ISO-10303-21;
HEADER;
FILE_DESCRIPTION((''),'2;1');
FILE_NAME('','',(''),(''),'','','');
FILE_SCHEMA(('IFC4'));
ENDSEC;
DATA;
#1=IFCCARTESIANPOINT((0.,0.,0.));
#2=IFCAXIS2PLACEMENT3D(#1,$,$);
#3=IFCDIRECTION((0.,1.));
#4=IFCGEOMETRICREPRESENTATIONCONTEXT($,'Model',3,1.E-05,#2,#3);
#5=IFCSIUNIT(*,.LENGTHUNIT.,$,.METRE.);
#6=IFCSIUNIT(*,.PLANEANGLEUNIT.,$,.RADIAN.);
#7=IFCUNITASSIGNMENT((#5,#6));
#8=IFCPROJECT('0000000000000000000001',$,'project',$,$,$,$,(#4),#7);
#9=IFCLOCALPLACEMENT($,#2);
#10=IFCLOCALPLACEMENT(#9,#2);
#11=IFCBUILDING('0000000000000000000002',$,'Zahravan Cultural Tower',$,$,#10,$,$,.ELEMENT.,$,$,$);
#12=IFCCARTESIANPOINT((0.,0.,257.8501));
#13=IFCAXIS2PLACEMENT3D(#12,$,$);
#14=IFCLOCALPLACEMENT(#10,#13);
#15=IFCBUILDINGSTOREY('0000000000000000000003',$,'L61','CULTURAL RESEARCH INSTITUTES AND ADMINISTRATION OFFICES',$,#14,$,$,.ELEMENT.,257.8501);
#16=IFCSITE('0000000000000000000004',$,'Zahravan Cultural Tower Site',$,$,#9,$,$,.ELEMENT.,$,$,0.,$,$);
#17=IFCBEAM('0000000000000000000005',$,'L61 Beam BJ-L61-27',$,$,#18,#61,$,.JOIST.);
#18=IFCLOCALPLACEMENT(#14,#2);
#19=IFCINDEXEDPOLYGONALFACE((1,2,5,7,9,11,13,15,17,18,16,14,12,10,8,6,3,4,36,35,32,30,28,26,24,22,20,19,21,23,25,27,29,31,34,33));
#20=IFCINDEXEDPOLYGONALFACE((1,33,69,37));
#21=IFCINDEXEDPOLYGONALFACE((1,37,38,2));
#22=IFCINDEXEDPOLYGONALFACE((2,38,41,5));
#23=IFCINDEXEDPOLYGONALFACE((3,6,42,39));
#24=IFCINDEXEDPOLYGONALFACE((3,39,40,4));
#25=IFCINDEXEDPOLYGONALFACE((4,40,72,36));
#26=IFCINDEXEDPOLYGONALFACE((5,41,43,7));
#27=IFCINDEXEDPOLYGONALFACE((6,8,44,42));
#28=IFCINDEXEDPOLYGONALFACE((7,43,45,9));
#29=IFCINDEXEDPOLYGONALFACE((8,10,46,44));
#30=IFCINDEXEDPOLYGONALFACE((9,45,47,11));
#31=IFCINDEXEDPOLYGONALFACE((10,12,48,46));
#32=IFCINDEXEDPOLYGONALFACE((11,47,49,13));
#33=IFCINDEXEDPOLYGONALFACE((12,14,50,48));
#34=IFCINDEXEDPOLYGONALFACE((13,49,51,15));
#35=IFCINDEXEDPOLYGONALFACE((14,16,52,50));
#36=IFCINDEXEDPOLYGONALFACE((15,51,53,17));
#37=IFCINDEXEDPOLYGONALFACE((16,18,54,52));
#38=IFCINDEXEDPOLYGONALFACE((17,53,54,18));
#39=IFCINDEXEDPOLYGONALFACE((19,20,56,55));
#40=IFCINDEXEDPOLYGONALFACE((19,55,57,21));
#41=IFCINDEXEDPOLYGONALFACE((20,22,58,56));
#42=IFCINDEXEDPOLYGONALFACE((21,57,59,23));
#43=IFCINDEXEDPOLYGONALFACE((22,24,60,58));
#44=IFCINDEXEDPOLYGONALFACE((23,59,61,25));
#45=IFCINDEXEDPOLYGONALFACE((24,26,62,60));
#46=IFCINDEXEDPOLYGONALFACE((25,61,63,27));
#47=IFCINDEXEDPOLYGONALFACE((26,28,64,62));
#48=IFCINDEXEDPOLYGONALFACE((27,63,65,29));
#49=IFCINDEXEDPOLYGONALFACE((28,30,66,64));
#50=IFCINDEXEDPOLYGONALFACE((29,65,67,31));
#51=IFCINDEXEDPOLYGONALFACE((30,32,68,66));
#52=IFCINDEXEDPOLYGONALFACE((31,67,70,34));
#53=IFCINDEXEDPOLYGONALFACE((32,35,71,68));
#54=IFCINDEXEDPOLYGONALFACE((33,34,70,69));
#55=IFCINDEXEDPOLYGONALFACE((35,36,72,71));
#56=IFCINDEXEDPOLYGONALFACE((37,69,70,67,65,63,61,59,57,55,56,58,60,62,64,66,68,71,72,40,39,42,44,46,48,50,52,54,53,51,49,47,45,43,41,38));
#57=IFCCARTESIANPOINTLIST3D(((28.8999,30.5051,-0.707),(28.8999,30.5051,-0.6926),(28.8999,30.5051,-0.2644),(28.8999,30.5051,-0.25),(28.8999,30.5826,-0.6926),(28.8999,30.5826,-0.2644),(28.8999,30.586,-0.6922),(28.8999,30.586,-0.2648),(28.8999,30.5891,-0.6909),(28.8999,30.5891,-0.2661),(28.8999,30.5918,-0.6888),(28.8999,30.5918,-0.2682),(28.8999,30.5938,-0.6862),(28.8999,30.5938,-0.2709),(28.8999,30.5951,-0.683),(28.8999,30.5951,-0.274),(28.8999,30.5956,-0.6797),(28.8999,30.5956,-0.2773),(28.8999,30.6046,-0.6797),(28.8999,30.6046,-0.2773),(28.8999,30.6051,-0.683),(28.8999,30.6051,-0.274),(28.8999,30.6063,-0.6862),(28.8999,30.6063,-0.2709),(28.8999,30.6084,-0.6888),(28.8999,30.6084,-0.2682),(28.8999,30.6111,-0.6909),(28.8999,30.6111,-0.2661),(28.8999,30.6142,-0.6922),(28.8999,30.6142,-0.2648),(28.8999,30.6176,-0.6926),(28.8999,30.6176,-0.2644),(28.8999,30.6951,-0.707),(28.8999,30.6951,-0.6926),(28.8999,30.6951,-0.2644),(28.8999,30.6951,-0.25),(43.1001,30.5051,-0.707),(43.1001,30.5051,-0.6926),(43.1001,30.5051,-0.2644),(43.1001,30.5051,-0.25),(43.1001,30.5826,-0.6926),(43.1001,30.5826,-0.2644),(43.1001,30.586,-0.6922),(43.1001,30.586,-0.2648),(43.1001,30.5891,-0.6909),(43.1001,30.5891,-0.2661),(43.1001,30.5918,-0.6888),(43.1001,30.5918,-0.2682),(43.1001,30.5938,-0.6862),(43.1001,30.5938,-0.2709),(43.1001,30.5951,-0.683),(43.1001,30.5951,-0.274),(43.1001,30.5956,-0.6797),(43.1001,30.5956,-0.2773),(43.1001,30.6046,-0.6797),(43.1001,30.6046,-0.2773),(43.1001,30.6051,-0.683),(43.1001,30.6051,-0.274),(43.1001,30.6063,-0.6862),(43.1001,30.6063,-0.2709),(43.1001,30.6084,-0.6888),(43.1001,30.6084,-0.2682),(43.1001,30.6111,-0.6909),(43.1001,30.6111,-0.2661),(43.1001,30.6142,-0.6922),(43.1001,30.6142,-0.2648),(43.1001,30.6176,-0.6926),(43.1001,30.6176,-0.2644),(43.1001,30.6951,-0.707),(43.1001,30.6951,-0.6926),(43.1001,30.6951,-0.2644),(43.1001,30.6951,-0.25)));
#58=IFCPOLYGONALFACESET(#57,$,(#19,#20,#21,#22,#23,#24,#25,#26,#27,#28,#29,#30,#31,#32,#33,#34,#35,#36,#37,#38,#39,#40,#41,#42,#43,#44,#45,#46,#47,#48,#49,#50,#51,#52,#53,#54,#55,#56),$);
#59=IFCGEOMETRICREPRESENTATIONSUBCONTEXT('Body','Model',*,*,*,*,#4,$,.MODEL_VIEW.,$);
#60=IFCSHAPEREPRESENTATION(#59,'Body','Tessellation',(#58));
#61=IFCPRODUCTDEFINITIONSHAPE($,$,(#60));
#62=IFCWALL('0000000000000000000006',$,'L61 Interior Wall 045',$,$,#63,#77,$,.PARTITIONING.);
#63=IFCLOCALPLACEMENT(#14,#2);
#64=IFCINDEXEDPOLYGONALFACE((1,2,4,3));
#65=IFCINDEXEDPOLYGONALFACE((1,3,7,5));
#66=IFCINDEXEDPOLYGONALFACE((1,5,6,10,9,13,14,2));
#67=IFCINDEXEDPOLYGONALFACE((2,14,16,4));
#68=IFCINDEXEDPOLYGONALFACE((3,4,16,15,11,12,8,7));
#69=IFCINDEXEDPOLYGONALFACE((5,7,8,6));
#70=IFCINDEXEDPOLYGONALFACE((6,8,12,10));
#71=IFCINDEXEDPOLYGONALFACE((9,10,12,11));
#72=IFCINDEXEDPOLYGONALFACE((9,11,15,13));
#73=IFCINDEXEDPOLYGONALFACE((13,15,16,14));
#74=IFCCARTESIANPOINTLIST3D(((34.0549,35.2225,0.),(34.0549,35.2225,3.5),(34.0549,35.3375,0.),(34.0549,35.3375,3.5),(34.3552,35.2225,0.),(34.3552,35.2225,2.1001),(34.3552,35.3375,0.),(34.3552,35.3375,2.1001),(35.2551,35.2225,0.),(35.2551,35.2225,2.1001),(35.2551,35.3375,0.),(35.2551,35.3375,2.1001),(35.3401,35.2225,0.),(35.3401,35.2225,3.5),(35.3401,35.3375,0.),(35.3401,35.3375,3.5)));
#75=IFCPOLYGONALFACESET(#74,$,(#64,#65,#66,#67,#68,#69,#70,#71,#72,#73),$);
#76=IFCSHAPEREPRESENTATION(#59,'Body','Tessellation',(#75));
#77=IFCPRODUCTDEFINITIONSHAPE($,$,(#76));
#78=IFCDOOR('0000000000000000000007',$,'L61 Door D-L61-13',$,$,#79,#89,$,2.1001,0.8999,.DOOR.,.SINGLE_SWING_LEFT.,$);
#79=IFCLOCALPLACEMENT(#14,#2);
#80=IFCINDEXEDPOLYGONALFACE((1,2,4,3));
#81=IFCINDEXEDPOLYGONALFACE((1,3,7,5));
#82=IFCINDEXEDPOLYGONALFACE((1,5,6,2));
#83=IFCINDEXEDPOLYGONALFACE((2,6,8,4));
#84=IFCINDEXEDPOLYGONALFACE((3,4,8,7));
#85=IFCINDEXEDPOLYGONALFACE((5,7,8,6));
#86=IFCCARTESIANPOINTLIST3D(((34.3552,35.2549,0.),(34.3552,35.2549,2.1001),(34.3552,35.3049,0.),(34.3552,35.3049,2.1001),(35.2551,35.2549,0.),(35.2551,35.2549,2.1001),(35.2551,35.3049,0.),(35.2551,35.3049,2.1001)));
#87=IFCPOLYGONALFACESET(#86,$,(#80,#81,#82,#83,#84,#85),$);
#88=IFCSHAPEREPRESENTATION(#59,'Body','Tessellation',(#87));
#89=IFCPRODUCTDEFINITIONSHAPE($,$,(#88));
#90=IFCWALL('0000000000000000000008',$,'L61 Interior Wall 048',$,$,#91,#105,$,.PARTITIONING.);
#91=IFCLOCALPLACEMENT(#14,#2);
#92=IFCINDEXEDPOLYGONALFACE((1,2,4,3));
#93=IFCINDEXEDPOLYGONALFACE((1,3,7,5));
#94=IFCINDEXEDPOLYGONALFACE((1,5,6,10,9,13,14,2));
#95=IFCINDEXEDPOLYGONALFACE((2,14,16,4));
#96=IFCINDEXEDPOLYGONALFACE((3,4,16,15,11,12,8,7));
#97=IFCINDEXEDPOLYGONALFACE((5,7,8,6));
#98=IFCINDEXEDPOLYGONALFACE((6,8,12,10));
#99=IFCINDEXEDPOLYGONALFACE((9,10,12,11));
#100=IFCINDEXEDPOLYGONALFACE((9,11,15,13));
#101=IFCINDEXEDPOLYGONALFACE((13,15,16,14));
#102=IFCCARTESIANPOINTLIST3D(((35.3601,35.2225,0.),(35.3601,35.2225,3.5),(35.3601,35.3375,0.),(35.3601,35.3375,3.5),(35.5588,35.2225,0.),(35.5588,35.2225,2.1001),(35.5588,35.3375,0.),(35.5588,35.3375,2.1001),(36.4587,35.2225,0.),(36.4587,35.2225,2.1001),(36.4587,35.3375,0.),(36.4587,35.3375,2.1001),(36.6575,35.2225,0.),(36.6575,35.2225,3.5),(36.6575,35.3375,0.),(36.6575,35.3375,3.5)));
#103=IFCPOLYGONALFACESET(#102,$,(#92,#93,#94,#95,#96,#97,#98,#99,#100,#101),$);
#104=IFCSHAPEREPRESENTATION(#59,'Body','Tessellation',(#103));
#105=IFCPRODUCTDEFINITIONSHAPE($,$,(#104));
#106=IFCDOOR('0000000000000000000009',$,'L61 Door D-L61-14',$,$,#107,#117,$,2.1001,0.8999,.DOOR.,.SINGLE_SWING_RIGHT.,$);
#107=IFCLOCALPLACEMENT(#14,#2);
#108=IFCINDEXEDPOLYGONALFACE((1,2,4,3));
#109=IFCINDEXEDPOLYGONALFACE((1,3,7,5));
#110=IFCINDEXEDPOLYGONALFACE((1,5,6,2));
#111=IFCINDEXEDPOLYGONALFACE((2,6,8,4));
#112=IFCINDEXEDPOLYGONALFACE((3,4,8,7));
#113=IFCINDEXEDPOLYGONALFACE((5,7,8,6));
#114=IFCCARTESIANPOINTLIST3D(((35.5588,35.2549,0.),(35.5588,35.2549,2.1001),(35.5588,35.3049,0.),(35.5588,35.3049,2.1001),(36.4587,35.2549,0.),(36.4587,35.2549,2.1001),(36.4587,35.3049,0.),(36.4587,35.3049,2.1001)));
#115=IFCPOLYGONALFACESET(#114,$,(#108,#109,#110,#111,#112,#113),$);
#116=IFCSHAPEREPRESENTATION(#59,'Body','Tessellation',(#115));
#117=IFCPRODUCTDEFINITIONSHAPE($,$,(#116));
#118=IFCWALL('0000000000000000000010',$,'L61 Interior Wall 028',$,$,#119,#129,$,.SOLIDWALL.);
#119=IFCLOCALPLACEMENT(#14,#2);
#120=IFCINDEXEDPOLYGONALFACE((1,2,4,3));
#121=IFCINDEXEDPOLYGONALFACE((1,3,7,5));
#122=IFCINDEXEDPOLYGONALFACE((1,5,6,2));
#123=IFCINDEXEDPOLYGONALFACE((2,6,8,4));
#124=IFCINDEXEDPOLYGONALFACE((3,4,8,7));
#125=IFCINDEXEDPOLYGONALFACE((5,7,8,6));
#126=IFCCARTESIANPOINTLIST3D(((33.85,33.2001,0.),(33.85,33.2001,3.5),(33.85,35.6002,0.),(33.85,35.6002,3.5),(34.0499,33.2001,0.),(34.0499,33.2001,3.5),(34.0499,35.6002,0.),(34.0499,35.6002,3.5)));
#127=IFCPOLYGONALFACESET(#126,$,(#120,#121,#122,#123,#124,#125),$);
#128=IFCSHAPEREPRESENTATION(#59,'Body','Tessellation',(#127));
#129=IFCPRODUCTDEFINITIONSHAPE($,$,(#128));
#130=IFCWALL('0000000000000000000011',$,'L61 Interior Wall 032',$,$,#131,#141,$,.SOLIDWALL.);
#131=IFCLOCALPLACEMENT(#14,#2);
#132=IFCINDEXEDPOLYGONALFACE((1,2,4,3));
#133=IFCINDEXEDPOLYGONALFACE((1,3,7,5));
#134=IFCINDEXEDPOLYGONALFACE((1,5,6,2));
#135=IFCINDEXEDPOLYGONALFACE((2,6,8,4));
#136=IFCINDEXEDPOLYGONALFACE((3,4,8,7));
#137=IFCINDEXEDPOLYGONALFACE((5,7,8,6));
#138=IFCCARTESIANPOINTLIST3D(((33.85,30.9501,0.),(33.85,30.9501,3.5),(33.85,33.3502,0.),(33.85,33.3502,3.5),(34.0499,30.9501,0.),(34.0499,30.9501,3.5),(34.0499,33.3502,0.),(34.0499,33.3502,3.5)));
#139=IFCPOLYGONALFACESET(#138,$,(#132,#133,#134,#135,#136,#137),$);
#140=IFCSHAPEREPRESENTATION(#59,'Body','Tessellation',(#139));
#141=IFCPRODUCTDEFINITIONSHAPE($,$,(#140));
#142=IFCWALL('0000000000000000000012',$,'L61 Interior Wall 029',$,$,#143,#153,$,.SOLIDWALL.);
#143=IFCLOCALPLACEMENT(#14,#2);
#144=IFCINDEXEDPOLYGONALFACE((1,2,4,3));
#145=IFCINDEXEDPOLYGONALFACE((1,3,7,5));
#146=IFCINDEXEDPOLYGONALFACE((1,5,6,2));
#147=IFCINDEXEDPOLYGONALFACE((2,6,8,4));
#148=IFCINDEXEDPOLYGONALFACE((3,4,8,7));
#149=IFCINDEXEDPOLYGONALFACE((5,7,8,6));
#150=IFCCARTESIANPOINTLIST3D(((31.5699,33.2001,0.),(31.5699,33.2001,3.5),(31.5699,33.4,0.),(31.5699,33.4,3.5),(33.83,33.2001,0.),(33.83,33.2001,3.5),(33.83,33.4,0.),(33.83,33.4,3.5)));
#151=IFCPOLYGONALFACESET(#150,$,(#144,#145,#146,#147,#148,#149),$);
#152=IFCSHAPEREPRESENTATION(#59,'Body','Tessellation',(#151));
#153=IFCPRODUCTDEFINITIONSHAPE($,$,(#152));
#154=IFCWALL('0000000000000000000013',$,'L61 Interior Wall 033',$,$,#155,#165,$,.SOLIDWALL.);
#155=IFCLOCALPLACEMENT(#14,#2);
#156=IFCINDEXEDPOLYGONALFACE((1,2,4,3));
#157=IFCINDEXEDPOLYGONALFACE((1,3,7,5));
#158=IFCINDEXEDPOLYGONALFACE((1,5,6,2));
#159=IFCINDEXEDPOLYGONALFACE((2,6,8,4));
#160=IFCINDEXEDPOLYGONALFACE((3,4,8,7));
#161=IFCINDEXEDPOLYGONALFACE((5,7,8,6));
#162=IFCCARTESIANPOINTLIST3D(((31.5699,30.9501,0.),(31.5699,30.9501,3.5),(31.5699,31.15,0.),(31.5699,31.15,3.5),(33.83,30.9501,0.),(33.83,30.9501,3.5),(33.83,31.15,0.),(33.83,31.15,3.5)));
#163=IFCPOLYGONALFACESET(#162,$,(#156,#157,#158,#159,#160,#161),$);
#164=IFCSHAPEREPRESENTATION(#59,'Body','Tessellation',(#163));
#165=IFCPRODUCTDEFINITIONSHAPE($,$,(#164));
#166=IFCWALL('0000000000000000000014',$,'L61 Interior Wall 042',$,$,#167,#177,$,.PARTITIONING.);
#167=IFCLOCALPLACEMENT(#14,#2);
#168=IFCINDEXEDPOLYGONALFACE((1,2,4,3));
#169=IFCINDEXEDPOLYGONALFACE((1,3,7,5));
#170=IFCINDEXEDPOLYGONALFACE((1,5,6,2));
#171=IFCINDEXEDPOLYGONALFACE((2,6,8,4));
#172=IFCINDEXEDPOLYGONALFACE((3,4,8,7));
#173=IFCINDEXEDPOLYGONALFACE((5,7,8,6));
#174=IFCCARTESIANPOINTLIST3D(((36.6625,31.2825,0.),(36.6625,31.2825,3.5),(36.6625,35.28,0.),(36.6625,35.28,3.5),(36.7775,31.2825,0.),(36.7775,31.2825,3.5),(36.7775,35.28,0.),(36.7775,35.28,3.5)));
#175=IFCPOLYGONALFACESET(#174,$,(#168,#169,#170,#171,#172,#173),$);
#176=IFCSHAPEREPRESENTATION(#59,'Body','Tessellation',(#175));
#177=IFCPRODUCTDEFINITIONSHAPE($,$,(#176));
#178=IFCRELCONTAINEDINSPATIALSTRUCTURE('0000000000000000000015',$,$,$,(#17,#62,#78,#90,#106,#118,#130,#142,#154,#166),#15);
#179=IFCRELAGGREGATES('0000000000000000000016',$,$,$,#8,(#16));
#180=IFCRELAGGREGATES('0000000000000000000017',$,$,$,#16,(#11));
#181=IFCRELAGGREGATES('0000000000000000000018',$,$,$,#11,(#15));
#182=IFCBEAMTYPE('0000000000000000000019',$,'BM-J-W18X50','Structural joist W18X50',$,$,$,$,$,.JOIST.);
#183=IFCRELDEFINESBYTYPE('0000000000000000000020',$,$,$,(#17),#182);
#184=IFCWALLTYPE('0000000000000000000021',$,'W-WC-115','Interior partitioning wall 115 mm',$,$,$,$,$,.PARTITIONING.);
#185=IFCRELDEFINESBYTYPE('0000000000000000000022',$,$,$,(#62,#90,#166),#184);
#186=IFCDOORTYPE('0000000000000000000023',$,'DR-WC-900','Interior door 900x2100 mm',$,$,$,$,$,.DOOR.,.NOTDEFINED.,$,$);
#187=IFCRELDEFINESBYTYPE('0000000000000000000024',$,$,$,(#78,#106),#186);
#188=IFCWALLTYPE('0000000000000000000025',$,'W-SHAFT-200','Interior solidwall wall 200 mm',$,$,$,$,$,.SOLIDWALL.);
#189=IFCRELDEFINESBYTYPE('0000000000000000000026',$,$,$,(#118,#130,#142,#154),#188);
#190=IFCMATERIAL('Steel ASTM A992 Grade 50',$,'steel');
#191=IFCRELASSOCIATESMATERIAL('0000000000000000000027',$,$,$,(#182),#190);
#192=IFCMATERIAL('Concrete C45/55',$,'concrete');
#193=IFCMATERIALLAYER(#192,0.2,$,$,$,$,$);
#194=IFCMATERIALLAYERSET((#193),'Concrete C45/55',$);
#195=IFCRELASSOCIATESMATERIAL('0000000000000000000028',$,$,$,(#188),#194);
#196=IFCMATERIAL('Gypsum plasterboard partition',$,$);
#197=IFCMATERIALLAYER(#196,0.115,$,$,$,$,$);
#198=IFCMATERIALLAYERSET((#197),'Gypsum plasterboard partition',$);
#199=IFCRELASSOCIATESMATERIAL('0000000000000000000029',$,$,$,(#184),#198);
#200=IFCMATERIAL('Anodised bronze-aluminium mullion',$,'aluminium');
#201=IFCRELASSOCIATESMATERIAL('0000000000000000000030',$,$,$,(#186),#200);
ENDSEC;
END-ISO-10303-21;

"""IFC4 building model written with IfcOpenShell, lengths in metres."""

from ifc_helpers import new_model, si_unit, direction, frame, frame_2d, origin, origin_2d, place, context, subcontext, project, spatial, rectangle, i_section, extrude, source, transform, mapped, material, layer, layer_set, material_profile, profile_set, type_object, element, fill, save


model = new_model("IFC4")

# Units and contexts
model_context = context("Model", 3, precision=1e-05, world=origin(), true_north=direction((0.0, 1.0)))
body_context = subcontext(model_context, "Body", "Model", "MODEL_VIEW")
ifc_project = project(units=[si_unit("LENGTHUNIT", "METRE"), si_unit("PLANEANGLEUNIT", "RADIAN")], contexts=[model_context])

# Site, building, storey
site_placement = place(None, origin())
site = spatial("IfcSite", under=ifc_project, at=site_placement, Name="Zahravan Cultural Tower Site", CompositionType="ELEMENT", RefElevation=0.0)
building_placement = place(site_placement, origin())
building = spatial("IfcBuilding", under=site, at=building_placement, Name="Zahravan Cultural Tower", CompositionType="ELEMENT")
storey_placement = place(building_placement, frame((0.0, 0.0, 257.8501)))
storey = spatial("IfcBuildingStorey", under=building, at=storey_placement, Name="L61", Description="CULTURAL RESEARCH INSTITUTES AND ADMINISTRATION OFFICES", CompositionType="ELEMENT", Elevation=257.8501)

# Beam
ifc_material_1 = material(Name="Steel ASTM A992 Grade 50", Category="steel")
ifc_material_profile = material_profile(ifc_material_1, i_section(OverallWidth=0.1899, OverallDepth=0.457, WebThickness=0.009, FlangeThickness=0.0144, FilletRadius=0.0129, at=origin_2d()), Name="W18X50")
ifc_profile_set = profile_set([ifc_material_profile], Name="Steel ASTM A992 Grade 50")
beam_type = type_object("IfcBeamType", Name="BM-J-W18X50", Description="Structural joist W18X50", PredefinedType="JOIST", material=ifc_profile_set)
shared_shape_1 = source(origin(), body_context, "Body", "SweptSolid", [
    extrude(i_section(OverallWidth=0.1899, OverallDepth=0.457, WebThickness=0.009, FlangeThickness=0.0144, FilletRadius=0.0129, at=origin_2d()), origin(), (0.0, 0.0, 1.0), 14.2002),
])
beam_placement = place(storey_placement, frame((28.8999, 30.6001, -0.4785), z_axis=(1.0, 0.0, 0.0), x_axis=(0.0, 1.0, 0.0)))
element("IfcBeam", 1, at=beam_placement, inside=storey, type_object=beam_type, Name="L61 Beam BJ-L61-27", PredefinedType="JOIST", context=body_context, shape_type="MappedRepresentation", body=[
    mapped(shared_shape_1, transform((0.0, 0.0, 0.0), x_axis=(1.0, 0.0, 0.0), y_axis=(0.0, 1.0, 0.0), z_axis=(0.0, 0.0, 1.0), scale=1.0)),
])

# Walls, openings, doors
ifc_material_2 = material(Name="Concrete C45/55", Category="concrete")
ifc_layer_1 = layer(ifc_material_2, 0.2)
ifc_layer_set_1 = layer_set([ifc_layer_1], Name="Concrete C45/55")
wall_type_1 = type_object("IfcWallType", Name="W-SHAFT-200", Description="Interior solidwall wall 200 mm", PredefinedType="SOLIDWALL", material=ifc_layer_set_1)
ifc_material_3 = material(Name="Gypsum plasterboard partition")
ifc_layer_2 = layer(ifc_material_3, 0.115)
ifc_layer_set_2 = layer_set([ifc_layer_2], Name="Gypsum plasterboard partition")
wall_type_2 = type_object("IfcWallType", Name="W-WC-115", Description="Interior partitioning wall 115 mm", PredefinedType="PARTITIONING", material=ifc_layer_set_2)
wall_1_placement = place(storey_placement, frame((34.0549, 35.28, 0.0), z_axis=(0.0, 0.0, 1.0), x_axis=(1.0, 0.0, 0.0)))
wall_1 = element("IfcWall", 2, at=wall_1_placement, inside=storey, type_object=wall_type_2, Name="L61 Interior Wall 045", PredefinedType="PARTITIONING", context=body_context, shape_type="SweptSolid", body=[
    extrude(rectangle(XDim=1.2852, YDim=0.115, at=frame_2d((0.6426, 0.0))), origin(), (0.0, 0.0, 1.0), 3.5),
])
opening_1_placement = place(wall_1_placement, frame((0.3003, 0.0, 0.0)))
opening_1 = element("IfcOpeningElement", 3, at=opening_1_placement, cuts=wall_1, PredefinedType="OPENING", context=body_context, shape_type="SweptSolid", body=[
    extrude(rectangle(XDim=0.8999, YDim=2.1001, at=frame_2d((0.45, 1.05))), frame((0.0, 0.0674, 0.0), z_axis=(0.0, -1.0, 0.0), x_axis=(1.0, 0.0, 0.0)), (0.0, 0.0, 1.0), 0.135),
])
ifc_material_4 = material(Name="Anodised bronze-aluminium mullion", Category="aluminium")
door_type_1 = type_object("IfcDoorType", Name="DR-WC-900", Description="Interior door 900x2100 mm", OperationType="NOTDEFINED", PredefinedType="DOOR", material=ifc_material_4)
shared_shape_2 = source(origin(), body_context, "Body", "SweptSolid", [
    extrude(rectangle(XDim=0.8999, YDim=2.1001, at=frame_2d((0.45, 1.05))), frame((0.0, 0.0249, 0.0), z_axis=(0.0, -1.0, 0.0), x_axis=(1.0, 0.0, 0.0)), (0.0, 0.0, 1.0), 0.05),
])
door_1_placement = place(opening_1_placement, origin())
door_1 = element("IfcDoor", 4, at=door_1_placement, inside=storey, type_object=door_type_1, Name="L61 Door D-L61-13", OperationType="SINGLE_SWING_LEFT", OverallHeight=2.1001, OverallWidth=0.8999, PredefinedType="DOOR", context=body_context, shape_type="MappedRepresentation", body=[
    mapped(shared_shape_2, transform((0.0, 0.0, 0.0), x_axis=(1.0, 0.0, 0.0), y_axis=(0.0, 1.0, 0.0), z_axis=(0.0, 0.0, 1.0), scale=1.0)),
])
fill(opening_1, door_1)
wall_2_placement = place(storey_placement, frame((35.3601, 35.28, 0.0), z_axis=(0.0, 0.0, 1.0), x_axis=(1.0, 0.0, 0.0)))
wall_2 = element("IfcWall", 5, at=wall_2_placement, inside=storey, type_object=wall_type_2, Name="L61 Interior Wall 048", PredefinedType="PARTITIONING", context=body_context, shape_type="SweptSolid", body=[
    extrude(rectangle(XDim=1.2974, YDim=0.115, at=frame_2d((0.6487, 0.0))), origin(), (0.0, 0.0, 1.0), 3.5),
])
opening_2_placement = place(wall_2_placement, frame((0.1987, 0.0, 0.0)))
opening_2 = element("IfcOpeningElement", 6, at=opening_2_placement, cuts=wall_2, PredefinedType="OPENING", context=body_context, shape_type="SweptSolid", body=[
    extrude(rectangle(XDim=0.8999, YDim=2.1001, at=frame_2d((0.45, 1.05))), frame((0.0, 0.0674, 0.0), z_axis=(0.0, -1.0, 0.0), x_axis=(1.0, 0.0, 0.0)), (0.0, 0.0, 1.0), 0.135),
])
door_2_placement = place(opening_2_placement, origin())
door_2 = element("IfcDoor", 7, at=door_2_placement, inside=storey, type_object=door_type_1, Name="L61 Door D-L61-14", OperationType="SINGLE_SWING_RIGHT", OverallHeight=2.1001, OverallWidth=0.8999, PredefinedType="DOOR", context=body_context, shape_type="MappedRepresentation", body=[
    mapped(shared_shape_2, transform((0.0, 0.0, 0.0), x_axis=(1.0, 0.0, 0.0), y_axis=(0.0, 1.0, 0.0), z_axis=(0.0, 0.0, 1.0), scale=1.0)),
])
fill(opening_2, door_2)

# Walls
shared_shape_3 = source(origin(), body_context, "Body", "SweptSolid", [
    extrude(rectangle(XDim=2.4001, YDim=0.2, at=frame_2d((1.2002, 0.0))), origin(), (0.0, 0.0, 1.0), 3.5),
])
for number, where, z_axis, x_axis, name in (
    (8, (33.95, 33.2, 0.0), (0.0, 0.0, 1.0), (0.0, 1.0, 0.0), "L61 Interior Wall 028"),
    (9, (33.95, 30.95, 0.0), (0.0, 0.0, 1.0), (0.0, 1.0, 0.0), "L61 Interior Wall 032"),
):
    element("IfcWall", number, at=place(storey_placement, frame(where, z_axis=z_axis, x_axis=x_axis)), inside=storey, type_object=wall_type_1, Name=name, PredefinedType="SOLIDWALL", context=body_context, shape_type="MappedRepresentation", body=[
        mapped(shared_shape_3, transform((0.0, 0.0, 0.0), x_axis=(1.0, 0.0, 0.0), y_axis=(0.0, 1.0, 0.0), z_axis=(0.0, 0.0, 1.0), scale=1.0)),
    ])
shared_shape_4 = source(origin(), body_context, "Body", "SweptSolid", [
    extrude(rectangle(XDim=2.26, YDim=0.2, at=frame_2d((1.1299, 0.0))), origin(), (0.0, 0.0, 1.0), 3.5),
])
for number, where, z_axis, x_axis, name in (
    (10, (31.5701, 33.3, 0.0), (0.0, 0.0, 1.0), (1.0, 0.0, 0.0), "L61 Interior Wall 029"),
    (11, (31.5701, 31.05, 0.0), (0.0, 0.0, 1.0), (1.0, 0.0, 0.0), "L61 Interior Wall 033"),
):
    element("IfcWall", number, at=place(storey_placement, frame(where, z_axis=z_axis, x_axis=x_axis)), inside=storey, type_object=wall_type_1, Name=name, PredefinedType="SOLIDWALL", context=body_context, shape_type="MappedRepresentation", body=[
        mapped(shared_shape_4, transform((0.0, 0.0, 0.0), x_axis=(1.0, 0.0, 0.0), y_axis=(0.0, 1.0, 0.0), z_axis=(0.0, 0.0, 1.0), scale=1.0)),
    ])
shared_shape_5 = source(origin(), body_context, "Body", "SweptSolid", [
    extrude(rectangle(XDim=3.9976, YDim=0.115, at=frame_2d((1.9988, 0.0))), origin(), (0.0, 0.0, 1.0), 3.5),
])
wall_3_placement = place(storey_placement, frame((36.72, 31.2825, 0.0), z_axis=(0.0, 0.0, 1.0), x_axis=(0.0, 1.0, 0.0)))
element("IfcWall", 12, at=wall_3_placement, inside=storey, type_object=wall_type_2, Name="L61 Interior Wall 042", PredefinedType="PARTITIONING", context=body_context, shape_type="MappedRepresentation", body=[
    mapped(shared_shape_5, transform((0.0, 0.0, 0.0), x_axis=(1.0, 0.0, 0.0), y_axis=(0.0, 1.0, 0.0), z_axis=(0.0, 0.0, 1.0), scale=1.0)),
])

save(model, "model.ifc")
